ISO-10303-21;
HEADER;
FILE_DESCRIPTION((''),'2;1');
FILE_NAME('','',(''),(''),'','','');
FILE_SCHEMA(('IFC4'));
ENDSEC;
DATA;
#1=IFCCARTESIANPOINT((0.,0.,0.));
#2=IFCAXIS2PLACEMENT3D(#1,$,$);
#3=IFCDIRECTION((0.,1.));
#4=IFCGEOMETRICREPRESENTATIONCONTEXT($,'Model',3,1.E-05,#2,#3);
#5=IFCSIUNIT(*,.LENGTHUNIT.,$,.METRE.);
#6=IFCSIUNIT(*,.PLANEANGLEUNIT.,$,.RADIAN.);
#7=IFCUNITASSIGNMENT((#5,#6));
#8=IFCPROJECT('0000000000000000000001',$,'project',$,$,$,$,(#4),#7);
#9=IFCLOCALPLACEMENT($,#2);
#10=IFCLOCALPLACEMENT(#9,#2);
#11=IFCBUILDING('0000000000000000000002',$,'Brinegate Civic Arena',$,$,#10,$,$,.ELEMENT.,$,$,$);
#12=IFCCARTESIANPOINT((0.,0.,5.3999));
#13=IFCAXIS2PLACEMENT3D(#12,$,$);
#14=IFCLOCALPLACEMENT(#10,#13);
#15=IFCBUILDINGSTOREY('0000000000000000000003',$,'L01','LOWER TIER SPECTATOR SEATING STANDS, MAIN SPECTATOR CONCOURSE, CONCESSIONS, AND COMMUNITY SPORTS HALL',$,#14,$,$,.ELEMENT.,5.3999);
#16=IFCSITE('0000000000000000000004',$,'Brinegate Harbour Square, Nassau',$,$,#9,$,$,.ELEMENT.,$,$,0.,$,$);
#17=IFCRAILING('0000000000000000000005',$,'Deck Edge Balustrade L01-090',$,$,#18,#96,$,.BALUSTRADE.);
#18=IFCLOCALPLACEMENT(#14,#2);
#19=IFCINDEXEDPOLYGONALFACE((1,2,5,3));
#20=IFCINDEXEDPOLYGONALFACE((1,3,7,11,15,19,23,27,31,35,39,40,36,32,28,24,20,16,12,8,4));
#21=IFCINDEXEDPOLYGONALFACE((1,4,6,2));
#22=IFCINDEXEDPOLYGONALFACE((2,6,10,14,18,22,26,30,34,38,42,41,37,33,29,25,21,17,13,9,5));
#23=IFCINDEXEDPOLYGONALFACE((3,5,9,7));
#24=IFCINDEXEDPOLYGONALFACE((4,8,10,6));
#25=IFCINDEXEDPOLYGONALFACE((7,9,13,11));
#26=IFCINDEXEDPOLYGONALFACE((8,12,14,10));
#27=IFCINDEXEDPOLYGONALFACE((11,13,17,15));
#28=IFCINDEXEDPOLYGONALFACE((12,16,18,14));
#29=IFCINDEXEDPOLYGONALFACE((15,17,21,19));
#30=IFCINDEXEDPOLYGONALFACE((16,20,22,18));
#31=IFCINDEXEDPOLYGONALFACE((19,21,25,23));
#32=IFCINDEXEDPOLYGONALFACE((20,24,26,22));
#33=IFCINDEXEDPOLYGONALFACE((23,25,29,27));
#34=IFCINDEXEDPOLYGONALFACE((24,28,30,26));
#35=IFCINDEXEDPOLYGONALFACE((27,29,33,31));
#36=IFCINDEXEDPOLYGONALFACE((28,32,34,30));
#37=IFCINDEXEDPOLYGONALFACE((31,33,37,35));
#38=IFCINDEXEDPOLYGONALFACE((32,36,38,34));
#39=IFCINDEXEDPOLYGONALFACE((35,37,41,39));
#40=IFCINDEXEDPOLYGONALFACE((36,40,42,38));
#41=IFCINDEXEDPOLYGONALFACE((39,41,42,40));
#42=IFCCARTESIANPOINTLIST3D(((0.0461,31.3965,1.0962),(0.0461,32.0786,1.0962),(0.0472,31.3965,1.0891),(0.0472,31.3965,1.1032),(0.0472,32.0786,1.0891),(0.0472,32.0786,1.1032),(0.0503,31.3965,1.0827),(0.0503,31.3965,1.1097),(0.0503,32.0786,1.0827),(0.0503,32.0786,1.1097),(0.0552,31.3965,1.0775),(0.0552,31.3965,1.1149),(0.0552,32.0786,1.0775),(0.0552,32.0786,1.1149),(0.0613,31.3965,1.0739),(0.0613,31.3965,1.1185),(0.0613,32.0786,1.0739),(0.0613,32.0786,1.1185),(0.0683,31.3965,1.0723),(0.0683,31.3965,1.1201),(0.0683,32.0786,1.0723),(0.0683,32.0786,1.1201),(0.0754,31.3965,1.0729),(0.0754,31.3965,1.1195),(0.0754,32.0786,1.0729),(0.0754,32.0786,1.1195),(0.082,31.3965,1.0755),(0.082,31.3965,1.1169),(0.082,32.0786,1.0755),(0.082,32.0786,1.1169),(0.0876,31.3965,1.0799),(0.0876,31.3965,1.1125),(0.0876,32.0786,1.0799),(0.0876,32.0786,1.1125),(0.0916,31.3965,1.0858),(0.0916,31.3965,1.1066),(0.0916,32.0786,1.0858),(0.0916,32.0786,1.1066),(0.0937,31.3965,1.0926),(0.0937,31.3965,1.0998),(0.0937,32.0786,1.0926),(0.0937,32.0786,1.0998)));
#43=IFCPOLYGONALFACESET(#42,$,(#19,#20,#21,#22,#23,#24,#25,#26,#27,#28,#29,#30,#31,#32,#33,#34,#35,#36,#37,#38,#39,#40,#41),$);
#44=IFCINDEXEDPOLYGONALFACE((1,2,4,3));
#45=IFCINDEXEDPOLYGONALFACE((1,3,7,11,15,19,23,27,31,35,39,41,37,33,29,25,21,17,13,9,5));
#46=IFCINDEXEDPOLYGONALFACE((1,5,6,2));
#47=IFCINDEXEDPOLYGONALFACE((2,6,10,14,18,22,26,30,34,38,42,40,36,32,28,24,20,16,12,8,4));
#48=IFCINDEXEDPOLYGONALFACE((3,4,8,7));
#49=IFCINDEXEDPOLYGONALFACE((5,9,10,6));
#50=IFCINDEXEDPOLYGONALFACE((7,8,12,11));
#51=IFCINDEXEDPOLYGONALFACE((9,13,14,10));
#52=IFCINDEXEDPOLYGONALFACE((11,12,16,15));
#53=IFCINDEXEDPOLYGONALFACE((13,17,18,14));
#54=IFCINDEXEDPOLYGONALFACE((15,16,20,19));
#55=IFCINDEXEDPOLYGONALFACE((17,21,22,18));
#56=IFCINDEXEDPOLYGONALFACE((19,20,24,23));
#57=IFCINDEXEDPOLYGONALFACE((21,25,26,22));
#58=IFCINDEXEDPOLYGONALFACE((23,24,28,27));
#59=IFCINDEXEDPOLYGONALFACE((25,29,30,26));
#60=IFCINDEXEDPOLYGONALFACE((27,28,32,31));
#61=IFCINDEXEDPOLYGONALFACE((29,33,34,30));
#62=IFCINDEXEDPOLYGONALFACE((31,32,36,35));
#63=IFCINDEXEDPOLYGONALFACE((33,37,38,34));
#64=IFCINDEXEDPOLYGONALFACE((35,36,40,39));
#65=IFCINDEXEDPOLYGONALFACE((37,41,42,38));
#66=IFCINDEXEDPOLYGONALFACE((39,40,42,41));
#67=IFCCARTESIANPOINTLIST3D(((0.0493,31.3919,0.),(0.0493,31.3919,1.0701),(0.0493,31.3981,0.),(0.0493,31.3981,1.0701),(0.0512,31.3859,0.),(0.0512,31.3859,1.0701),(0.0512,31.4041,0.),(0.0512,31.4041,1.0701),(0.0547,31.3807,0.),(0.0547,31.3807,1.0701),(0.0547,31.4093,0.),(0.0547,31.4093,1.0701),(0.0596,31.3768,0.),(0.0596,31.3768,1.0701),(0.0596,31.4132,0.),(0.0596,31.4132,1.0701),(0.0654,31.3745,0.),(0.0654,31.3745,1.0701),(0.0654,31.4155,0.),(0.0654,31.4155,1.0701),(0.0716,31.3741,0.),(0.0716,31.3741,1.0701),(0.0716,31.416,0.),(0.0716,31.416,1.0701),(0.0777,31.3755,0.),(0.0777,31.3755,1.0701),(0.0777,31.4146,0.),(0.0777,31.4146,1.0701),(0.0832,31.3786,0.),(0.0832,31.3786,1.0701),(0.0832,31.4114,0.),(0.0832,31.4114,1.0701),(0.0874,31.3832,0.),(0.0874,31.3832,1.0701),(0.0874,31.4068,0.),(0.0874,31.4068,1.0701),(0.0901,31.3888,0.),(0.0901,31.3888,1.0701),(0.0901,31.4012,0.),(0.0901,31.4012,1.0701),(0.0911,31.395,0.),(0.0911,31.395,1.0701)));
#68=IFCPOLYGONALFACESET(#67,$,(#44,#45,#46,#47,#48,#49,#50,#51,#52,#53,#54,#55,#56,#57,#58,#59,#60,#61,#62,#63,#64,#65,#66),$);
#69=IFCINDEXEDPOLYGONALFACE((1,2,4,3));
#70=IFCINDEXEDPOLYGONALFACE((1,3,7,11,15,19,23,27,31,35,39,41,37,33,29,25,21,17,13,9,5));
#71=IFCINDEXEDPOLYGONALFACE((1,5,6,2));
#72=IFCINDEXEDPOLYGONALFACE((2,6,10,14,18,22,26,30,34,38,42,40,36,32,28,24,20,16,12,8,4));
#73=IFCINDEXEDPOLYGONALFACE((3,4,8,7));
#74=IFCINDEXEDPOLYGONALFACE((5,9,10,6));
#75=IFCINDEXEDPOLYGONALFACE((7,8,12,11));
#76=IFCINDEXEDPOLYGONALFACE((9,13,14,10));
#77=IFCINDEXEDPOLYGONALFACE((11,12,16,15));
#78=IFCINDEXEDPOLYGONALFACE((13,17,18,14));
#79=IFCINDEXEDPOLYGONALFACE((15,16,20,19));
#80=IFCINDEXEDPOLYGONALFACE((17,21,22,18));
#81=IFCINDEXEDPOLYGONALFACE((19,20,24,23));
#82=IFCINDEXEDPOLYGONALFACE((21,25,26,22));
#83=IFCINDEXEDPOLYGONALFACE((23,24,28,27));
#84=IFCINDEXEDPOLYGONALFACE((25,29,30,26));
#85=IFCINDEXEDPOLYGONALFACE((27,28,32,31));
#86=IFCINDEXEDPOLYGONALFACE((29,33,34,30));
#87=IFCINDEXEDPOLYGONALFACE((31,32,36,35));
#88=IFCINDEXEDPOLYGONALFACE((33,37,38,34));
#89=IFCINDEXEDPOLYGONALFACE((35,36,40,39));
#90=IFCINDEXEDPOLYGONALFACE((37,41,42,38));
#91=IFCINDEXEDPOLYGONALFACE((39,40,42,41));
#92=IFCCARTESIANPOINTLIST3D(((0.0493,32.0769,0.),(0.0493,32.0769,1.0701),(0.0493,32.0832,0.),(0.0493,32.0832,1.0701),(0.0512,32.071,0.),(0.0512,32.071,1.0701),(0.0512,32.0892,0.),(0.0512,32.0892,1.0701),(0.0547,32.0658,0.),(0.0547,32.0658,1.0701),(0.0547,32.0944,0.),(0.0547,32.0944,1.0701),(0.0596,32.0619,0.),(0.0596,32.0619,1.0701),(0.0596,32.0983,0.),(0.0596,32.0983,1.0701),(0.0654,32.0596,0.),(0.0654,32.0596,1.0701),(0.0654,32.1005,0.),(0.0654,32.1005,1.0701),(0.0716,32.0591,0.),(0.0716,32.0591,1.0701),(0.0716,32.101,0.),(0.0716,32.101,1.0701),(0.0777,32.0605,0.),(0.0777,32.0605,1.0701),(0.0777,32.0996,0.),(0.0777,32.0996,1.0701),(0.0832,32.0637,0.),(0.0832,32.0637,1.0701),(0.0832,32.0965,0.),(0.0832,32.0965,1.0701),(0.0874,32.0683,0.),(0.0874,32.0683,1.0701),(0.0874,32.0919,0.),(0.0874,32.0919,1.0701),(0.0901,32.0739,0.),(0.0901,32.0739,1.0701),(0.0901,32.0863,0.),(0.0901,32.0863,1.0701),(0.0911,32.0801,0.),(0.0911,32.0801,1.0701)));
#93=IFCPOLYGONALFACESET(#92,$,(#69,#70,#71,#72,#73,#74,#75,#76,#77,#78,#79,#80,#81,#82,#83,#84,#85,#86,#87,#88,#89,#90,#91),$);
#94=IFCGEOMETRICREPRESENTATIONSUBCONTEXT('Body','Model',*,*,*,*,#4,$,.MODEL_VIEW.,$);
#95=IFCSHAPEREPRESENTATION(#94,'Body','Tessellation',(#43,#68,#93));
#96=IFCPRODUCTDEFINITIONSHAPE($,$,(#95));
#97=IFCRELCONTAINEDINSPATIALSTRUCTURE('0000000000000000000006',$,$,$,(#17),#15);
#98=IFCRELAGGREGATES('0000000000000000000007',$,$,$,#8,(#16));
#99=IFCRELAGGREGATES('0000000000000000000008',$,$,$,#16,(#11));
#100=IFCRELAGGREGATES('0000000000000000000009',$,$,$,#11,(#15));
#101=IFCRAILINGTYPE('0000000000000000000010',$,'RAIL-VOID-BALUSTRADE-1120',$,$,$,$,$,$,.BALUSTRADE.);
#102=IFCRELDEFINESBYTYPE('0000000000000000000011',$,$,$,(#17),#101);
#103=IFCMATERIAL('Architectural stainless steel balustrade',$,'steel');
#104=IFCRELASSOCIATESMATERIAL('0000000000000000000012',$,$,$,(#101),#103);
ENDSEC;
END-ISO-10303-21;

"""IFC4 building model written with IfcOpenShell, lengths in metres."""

from ifc_helpers import new_model, si_unit, direction, frame, origin, origin_2d, place, context, subcontext, project, spatial, circle, extrude, material, type_object, element, save


model = new_model("IFC4")

# Units and contexts
model_context = context("Model", 3, precision=1e-05, world=origin(), true_north=direction((0.0, 1.0)))
body_context = subcontext(model_context, "Body", "Model", "MODEL_VIEW")
ifc_project = project(units=[si_unit("LENGTHUNIT", "METRE"), si_unit("PLANEANGLEUNIT", "RADIAN")], contexts=[model_context])

# Site, building, storey
site_placement = place(None, origin())
site = spatial("IfcSite", under=ifc_project, at=site_placement, Name="Brinegate Harbour Square, Nassau", CompositionType="ELEMENT", RefElevation=0.0)
building_placement = place(site_placement, origin())
building = spatial("IfcBuilding", under=site, at=building_placement, Name="Brinegate Civic Arena", CompositionType="ELEMENT")
storey_placement = place(building_placement, frame((0.0, 0.0, 5.3999)))
storey = spatial("IfcBuildingStorey", under=building, at=storey_placement, Name="L01", Description="LOWER TIER SPECTATOR SEATING STANDS, MAIN SPECTATOR CONCOURSE, CONCESSIONS, AND COMMUNITY SPORTS HALL", CompositionType="ELEMENT", Elevation=5.3999)

# Railing
ifc_material_1 = material(Name="Architectural stainless steel balustrade", Category="steel")
railing_type = type_object("IfcRailingType", Name="RAIL-VOID-BALUSTRADE-1120", PredefinedType="BALUSTRADE", material=ifc_material_1)
for number, where, name in (
    (1, (0.0701, 31.395, 0.0), "Deck Edge Balustrade L01-090"),
):
    element("IfcRailing", number, at=place(storey_placement, frame(where)), inside=storey, type_object=railing_type, Name=name, PredefinedType="BALUSTRADE", context=body_context, shape_type="SweptSolid", body=[
        extrude(circle(Radius=0.0239, at=origin_2d()), frame((0.0, 0.0015, 1.0962), z_axis=(0.0, 1.0, 0.0), x_axis=(-1.0, 0.0, 0.0)), (0.0, 0.0, 1.0), 0.6821),
        extrude(circle(Radius=0.021, at=origin_2d()), origin(), (0.0, 0.0, 1.0), 1.0701),
        extrude(circle(Radius=0.021, at=origin_2d()), frame((0.0, 0.6851, 0.0)), (0.0, 0.0, 1.0), 1.0701),
    ])

save(model, "model.ifc")
